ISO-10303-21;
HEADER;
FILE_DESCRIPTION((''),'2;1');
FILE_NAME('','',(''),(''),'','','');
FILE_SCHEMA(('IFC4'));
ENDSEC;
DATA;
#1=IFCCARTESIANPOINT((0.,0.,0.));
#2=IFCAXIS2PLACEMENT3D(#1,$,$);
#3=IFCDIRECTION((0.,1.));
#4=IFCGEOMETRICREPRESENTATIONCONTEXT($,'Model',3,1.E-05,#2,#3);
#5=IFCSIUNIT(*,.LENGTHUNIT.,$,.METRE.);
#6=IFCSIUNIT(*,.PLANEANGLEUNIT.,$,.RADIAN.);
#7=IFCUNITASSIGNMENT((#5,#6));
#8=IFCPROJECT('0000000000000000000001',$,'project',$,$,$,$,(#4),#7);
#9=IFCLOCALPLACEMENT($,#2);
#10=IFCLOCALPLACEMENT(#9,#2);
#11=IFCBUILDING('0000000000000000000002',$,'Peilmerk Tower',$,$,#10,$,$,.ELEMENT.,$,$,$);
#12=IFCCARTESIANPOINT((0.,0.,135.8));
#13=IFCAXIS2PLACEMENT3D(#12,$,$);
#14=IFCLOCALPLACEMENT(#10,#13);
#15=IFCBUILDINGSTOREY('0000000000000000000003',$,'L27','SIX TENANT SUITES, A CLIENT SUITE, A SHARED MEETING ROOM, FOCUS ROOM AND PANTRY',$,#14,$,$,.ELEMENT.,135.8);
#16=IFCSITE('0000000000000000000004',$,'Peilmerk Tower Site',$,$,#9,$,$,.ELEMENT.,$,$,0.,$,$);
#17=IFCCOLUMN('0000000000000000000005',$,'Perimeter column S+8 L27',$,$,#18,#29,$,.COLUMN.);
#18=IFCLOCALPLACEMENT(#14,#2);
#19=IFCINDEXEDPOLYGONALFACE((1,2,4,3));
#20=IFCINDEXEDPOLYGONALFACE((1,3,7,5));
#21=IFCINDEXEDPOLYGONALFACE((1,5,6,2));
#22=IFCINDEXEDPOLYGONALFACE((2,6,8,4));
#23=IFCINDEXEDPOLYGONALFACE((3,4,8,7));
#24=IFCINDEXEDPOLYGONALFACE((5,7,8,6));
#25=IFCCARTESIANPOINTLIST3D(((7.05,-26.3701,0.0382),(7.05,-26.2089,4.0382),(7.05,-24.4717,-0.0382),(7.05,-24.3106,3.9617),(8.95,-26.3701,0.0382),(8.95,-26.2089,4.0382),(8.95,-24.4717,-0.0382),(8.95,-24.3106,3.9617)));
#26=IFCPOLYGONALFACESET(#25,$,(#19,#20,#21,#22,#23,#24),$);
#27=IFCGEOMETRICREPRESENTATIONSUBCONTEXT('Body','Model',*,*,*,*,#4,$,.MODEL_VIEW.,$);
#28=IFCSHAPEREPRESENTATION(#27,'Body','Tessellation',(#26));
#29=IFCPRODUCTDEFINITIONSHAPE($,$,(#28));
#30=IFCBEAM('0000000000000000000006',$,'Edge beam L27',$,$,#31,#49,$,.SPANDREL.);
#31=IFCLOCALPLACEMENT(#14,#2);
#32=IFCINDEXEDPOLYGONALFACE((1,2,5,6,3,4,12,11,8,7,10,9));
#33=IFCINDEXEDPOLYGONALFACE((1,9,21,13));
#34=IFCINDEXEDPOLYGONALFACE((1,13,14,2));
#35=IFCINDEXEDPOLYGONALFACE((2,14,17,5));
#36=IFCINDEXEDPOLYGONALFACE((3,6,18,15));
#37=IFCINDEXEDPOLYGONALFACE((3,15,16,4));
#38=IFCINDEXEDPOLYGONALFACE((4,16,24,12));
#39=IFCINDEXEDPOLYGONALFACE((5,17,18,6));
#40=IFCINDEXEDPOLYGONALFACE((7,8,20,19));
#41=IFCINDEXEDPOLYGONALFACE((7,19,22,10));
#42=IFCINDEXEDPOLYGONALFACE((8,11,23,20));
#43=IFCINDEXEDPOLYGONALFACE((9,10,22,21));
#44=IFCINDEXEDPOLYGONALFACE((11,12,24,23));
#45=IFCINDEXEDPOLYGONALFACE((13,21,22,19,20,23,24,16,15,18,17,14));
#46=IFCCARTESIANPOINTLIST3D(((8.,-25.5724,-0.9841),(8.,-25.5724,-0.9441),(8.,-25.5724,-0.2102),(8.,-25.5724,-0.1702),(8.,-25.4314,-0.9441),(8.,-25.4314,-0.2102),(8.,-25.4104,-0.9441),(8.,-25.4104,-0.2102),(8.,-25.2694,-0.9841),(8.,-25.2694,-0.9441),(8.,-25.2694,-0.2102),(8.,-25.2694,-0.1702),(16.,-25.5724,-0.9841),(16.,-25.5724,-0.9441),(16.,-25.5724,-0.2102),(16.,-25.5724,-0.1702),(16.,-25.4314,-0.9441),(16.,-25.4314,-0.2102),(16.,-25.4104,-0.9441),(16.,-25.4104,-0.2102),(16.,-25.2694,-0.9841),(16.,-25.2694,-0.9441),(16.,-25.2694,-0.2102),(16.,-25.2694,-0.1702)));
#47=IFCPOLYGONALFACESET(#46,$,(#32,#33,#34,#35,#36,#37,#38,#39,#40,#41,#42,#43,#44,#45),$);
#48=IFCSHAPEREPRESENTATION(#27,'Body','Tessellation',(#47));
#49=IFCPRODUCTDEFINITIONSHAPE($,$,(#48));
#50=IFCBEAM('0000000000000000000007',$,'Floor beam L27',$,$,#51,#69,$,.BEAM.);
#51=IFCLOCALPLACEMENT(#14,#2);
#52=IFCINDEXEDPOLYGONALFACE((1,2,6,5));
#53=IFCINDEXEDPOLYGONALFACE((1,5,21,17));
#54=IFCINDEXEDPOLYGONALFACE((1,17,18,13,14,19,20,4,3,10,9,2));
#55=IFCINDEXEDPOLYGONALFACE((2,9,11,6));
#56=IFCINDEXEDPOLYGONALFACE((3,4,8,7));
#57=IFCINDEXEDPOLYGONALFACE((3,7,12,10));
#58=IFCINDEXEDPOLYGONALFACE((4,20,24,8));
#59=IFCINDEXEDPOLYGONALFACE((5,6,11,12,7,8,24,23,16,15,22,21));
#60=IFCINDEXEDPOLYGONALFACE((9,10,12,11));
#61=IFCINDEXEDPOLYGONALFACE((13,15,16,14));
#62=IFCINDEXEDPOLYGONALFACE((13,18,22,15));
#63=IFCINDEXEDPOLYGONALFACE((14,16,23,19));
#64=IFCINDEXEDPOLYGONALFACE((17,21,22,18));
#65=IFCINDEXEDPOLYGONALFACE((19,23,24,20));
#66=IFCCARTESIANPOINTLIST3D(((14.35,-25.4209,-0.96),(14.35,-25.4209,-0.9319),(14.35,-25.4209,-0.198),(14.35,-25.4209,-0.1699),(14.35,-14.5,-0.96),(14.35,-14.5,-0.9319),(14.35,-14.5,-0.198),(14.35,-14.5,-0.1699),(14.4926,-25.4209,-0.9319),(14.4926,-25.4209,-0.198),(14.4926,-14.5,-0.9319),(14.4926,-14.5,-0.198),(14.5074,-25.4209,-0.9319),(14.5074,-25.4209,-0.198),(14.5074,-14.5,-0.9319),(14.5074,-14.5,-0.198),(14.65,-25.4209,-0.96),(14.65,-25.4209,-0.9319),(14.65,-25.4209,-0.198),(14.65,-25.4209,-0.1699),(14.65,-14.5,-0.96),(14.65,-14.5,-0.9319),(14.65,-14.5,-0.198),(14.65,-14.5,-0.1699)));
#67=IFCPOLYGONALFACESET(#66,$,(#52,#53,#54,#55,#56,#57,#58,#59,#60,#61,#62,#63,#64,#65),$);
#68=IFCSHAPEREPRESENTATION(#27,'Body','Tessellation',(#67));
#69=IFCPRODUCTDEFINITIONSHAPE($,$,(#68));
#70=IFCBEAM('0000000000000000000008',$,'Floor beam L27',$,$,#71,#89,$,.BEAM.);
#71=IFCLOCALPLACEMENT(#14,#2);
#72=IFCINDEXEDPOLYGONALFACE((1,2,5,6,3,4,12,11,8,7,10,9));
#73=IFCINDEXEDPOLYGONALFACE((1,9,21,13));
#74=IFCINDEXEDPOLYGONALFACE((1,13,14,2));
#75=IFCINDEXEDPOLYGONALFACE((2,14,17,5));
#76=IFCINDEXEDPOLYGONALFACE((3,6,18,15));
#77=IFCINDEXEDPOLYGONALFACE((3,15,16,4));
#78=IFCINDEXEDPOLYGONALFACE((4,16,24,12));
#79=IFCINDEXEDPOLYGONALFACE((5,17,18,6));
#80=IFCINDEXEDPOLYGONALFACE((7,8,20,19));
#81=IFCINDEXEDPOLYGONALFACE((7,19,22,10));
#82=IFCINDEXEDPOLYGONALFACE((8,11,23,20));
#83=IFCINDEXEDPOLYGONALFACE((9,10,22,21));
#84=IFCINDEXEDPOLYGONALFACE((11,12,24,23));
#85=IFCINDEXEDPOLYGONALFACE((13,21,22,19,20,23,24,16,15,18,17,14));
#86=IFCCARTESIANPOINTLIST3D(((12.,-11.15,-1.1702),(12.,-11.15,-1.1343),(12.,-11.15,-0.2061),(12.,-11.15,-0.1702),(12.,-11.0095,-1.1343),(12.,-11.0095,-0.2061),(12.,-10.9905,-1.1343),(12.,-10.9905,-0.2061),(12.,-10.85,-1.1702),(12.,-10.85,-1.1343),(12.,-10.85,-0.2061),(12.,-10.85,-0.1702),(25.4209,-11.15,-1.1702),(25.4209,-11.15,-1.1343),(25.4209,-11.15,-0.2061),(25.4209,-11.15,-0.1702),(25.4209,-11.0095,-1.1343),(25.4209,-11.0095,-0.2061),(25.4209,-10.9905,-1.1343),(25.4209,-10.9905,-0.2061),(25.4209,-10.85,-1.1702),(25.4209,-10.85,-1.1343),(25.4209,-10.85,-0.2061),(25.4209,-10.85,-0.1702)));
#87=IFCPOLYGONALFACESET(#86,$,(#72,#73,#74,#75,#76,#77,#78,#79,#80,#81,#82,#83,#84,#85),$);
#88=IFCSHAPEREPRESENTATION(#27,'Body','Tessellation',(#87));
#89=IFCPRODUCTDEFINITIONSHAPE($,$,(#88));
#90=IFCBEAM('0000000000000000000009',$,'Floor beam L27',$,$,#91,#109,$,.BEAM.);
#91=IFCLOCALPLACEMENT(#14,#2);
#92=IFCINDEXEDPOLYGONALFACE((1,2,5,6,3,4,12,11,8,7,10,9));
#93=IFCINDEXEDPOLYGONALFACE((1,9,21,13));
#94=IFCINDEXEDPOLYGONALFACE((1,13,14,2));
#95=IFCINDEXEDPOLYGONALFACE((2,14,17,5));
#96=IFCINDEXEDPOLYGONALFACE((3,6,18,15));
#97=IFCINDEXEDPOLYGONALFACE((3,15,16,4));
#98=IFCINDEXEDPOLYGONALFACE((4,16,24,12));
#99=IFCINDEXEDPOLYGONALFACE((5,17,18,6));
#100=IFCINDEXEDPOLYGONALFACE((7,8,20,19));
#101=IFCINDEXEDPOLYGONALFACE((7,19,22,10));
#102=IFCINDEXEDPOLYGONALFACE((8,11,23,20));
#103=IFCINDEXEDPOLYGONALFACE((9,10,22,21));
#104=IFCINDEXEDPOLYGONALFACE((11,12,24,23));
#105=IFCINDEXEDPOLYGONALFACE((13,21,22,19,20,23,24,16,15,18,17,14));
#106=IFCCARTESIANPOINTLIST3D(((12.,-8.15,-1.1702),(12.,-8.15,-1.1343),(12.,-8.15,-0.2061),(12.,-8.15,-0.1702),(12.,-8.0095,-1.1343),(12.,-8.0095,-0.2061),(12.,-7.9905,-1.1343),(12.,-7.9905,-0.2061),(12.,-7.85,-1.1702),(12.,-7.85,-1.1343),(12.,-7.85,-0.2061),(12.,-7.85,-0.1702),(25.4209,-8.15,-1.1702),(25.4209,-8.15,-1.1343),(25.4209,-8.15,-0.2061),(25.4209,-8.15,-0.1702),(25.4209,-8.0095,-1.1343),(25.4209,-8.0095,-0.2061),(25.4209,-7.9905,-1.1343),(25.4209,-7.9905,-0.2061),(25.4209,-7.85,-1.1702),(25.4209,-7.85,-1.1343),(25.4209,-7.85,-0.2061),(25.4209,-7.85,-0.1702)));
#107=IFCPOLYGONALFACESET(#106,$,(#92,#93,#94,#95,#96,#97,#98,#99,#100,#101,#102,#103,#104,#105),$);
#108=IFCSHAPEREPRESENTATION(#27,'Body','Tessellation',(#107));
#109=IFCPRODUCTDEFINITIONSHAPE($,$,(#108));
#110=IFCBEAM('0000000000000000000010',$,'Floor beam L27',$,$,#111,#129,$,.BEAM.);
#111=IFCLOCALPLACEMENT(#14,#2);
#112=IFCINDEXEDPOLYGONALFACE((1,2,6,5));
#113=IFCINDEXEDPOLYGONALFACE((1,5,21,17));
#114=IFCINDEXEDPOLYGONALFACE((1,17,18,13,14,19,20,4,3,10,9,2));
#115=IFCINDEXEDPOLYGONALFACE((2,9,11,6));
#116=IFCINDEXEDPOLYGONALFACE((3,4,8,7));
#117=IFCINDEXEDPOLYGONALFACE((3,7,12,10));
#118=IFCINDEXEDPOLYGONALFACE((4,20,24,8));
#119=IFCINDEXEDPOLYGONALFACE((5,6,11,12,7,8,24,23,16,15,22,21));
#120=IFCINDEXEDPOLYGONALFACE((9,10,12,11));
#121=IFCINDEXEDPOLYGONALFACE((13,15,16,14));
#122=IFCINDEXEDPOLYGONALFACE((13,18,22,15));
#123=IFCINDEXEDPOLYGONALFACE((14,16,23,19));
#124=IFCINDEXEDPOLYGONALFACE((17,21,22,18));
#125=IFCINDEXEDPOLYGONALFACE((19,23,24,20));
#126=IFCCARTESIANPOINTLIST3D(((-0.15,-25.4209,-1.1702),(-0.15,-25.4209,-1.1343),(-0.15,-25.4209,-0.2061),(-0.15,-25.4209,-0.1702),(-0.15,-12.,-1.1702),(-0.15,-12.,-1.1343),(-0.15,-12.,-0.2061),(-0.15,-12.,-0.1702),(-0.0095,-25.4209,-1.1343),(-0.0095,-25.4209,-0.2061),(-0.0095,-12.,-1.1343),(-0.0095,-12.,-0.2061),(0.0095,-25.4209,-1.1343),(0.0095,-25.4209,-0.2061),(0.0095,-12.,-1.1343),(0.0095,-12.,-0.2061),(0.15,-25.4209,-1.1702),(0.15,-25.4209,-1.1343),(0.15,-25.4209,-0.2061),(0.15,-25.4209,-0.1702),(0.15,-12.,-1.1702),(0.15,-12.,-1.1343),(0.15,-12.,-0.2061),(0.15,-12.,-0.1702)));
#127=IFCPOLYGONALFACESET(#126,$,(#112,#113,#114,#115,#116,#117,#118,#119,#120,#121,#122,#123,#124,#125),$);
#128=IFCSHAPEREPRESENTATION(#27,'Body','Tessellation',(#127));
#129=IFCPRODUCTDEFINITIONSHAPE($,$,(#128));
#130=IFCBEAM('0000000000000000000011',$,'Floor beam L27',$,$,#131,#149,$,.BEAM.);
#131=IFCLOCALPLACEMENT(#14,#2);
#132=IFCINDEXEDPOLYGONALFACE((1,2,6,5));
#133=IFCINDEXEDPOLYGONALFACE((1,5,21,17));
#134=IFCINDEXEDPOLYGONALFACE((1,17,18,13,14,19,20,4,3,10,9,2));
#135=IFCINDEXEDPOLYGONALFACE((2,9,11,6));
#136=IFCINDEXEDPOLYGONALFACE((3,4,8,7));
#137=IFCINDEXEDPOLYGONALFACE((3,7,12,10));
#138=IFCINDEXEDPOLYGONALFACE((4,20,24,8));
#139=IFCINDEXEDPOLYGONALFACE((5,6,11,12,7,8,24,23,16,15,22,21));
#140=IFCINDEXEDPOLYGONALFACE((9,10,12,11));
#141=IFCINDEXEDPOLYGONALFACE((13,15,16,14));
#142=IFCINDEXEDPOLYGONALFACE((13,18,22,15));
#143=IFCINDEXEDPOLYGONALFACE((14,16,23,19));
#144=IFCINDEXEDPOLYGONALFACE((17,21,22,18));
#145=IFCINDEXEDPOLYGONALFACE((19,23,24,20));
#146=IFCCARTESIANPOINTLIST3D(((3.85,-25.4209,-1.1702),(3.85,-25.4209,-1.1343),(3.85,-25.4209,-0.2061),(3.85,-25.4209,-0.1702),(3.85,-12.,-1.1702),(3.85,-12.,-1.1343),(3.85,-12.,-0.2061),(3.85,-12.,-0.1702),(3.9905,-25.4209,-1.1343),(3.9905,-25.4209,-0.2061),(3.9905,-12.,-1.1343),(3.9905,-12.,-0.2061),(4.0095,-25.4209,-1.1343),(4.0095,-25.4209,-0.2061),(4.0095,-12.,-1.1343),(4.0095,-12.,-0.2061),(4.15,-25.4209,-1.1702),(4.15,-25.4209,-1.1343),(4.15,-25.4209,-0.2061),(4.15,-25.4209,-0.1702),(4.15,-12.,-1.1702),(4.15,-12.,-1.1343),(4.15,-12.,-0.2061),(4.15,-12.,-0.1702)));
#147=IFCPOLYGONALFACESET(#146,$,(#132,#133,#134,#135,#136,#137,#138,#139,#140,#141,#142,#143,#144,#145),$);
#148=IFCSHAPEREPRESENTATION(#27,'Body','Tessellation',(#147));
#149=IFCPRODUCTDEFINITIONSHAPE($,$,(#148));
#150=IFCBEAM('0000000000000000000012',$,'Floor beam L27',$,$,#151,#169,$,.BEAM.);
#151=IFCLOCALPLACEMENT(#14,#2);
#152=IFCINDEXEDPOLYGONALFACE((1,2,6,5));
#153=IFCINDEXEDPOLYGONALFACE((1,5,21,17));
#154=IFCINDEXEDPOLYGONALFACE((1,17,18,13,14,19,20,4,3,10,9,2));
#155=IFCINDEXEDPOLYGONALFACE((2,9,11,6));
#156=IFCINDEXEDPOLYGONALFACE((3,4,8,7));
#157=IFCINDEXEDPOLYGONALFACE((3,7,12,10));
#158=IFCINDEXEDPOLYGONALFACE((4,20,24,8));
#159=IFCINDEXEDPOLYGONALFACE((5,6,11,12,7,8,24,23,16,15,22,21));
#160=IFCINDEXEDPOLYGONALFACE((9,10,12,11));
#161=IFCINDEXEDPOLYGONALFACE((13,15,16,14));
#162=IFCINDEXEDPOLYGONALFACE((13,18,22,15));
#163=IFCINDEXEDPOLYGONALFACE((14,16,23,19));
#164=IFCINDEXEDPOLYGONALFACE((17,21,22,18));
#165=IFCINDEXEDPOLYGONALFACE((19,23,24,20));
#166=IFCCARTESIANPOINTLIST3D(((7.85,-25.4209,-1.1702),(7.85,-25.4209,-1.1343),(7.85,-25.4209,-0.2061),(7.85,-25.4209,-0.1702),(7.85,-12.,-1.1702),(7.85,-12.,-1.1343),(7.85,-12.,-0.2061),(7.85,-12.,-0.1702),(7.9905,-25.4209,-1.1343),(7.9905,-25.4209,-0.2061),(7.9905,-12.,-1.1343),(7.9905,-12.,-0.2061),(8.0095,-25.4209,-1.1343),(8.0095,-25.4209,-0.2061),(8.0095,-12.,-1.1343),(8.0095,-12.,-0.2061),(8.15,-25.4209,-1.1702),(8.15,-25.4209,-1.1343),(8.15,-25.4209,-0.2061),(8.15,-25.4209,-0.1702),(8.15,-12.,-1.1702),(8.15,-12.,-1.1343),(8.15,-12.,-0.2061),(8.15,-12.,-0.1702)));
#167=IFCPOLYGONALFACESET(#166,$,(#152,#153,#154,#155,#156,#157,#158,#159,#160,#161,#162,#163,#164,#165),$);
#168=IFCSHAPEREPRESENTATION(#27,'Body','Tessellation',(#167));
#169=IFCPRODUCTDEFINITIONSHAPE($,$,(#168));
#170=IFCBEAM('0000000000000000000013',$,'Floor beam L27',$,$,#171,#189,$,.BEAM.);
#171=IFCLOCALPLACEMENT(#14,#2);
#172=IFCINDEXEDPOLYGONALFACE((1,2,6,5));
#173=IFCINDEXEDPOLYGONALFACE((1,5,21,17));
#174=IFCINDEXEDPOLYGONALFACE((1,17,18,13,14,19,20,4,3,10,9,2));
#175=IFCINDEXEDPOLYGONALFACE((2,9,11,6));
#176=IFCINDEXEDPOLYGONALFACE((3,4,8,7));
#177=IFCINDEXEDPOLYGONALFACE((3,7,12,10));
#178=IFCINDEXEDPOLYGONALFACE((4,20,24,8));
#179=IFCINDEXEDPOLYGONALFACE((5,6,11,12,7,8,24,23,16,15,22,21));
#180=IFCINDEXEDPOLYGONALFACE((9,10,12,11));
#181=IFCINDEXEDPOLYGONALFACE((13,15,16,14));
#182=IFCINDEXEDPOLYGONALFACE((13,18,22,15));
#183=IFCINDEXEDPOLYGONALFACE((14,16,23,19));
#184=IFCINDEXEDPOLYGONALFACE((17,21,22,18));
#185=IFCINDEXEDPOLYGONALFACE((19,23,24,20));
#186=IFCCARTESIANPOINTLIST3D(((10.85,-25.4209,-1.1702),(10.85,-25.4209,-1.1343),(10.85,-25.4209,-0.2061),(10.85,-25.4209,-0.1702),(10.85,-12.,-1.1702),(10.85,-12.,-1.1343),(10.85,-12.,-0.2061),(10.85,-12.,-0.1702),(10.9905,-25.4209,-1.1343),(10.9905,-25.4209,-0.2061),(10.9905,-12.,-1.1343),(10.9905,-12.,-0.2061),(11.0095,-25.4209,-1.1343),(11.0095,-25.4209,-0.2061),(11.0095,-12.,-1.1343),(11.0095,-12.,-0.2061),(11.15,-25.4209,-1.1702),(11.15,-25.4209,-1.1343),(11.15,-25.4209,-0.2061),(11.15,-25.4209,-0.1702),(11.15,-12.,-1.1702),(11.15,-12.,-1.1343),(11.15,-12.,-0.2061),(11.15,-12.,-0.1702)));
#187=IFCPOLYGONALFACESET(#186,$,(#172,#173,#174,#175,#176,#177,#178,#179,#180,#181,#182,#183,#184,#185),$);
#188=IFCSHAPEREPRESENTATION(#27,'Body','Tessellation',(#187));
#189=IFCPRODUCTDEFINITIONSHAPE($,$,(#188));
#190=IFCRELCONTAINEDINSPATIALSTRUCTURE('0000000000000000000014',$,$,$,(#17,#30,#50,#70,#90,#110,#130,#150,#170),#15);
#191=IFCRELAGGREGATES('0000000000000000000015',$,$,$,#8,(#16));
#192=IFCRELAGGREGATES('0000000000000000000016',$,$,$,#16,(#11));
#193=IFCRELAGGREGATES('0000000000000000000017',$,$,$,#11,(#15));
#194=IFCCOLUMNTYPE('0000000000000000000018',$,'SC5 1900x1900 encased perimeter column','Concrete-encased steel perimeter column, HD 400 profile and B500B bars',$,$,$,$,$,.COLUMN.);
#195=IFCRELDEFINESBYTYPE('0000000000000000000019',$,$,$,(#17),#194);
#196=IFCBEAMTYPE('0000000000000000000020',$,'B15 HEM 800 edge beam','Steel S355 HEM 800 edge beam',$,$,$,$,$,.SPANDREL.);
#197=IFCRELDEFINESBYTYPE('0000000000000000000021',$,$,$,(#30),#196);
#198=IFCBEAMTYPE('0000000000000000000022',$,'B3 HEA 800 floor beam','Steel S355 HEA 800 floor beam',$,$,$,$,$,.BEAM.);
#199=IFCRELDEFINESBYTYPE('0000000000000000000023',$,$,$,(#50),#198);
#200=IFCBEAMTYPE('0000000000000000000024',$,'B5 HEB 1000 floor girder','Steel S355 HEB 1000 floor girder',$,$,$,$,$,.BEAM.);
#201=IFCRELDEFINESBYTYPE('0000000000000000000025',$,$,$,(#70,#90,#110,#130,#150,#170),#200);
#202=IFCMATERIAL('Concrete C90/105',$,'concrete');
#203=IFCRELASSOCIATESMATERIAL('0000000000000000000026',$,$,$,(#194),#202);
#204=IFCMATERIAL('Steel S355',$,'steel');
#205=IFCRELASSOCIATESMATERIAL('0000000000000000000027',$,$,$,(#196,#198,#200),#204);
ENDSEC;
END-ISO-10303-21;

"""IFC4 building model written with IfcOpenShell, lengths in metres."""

from ifc_helpers import new_model, si_unit, direction, frame, origin, origin_2d, place, context, subcontext, project, spatial, rectangle, i_section, extrude, material, material_profile, profile_set, type_object, element, save


model = new_model("IFC4")

# Units and contexts
model_context = context("Model", 3, precision=1e-05, world=origin(), true_north=direction((0.0, 1.0)))
body_context = subcontext(model_context, "Body", "Model", "MODEL_VIEW")
ifc_project = project(units=[si_unit("LENGTHUNIT", "METRE"), si_unit("PLANEANGLEUNIT", "RADIAN")], contexts=[model_context])

# Site, building, storey
site_placement = place(None, origin())
site = spatial("IfcSite", under=ifc_project, at=site_placement, Name="Peilmerk Tower Site", CompositionType="ELEMENT", RefElevation=0.0)
building_placement = place(site_placement, origin())
building = spatial("IfcBuilding", under=site, at=building_placement, Name="Peilmerk Tower", CompositionType="ELEMENT")
storey_placement = place(building_placement, frame((0.0, 0.0, 135.8)))
storey = spatial("IfcBuildingStorey", under=building, at=storey_placement, Name="L27", Description="SIX TENANT SUITES, A CLIENT SUITE, A SHARED MEETING ROOM, FOCUS ROOM AND PANTRY", CompositionType="ELEMENT", Elevation=135.8)

# Column
ifc_material_1 = material(Name="Concrete C90/105", Category="concrete")
ifc_material_profile_1 = material_profile(ifc_material_1, rectangle(XDim=1.8999, YDim=1.8999, at=origin_2d()), Name="RC 1900x1900")
ifc_profile_set_1 = profile_set([ifc_material_profile_1], Name="Concrete C90/105")
column_type = type_object("IfcColumnType", Name="SC5 1900x1900 encased perimeter column", Description="Concrete-encased steel perimeter column, HD 400 profile and B500B bars", PredefinedType="COLUMN", material=ifc_profile_set_1)
column_placement = place(storey_placement, frame((8.0, -25.4209, 0.0), z_axis=(0.0, 0.040251, 0.99919), x_axis=(-1.0, 0.0, 0.0)))
element("IfcColumn", 1, at=column_placement, inside=storey, type_object=column_type, Name="Perimeter column S+8 L27", PredefinedType="COLUMN", context=body_context, shape_type="SweptSolid", body=[
    extrude(rectangle(XDim=1.8999, YDim=1.8999, at=origin_2d()), origin(), (0.0, 0.0, 1.0), 4.0032),
])

# Beams
ifc_material_2 = material(Name="Steel S355", Category="steel")
ifc_material_profile_2 = material_profile(ifc_material_2, i_section(OverallWidth=0.303, OverallDepth=0.814, WebThickness=0.021, FlangeThickness=0.04, at=origin_2d()), Name="HEM 800")
ifc_profile_set_2 = profile_set([ifc_material_profile_2], Name="Steel S355")
beam_type_1 = type_object("IfcBeamType", Name="B15 HEM 800 edge beam", Description="Steel S355 HEM 800 edge beam", PredefinedType="SPANDREL", material=ifc_profile_set_2)
beam_1_placement = place(storey_placement, frame((8.0, -25.4209, -0.5771), z_axis=(1.0, 0.0, 0.0), x_axis=(0.0, 1.0, 0.0)))
element("IfcBeam", 2, at=beam_1_placement, inside=storey, type_object=beam_type_1, Name="Edge beam L27", PredefinedType="SPANDREL", context=body_context, shape_type="SweptSolid", body=[
    extrude(i_section(OverallWidth=0.303, OverallDepth=0.814, WebThickness=0.021, FlangeThickness=0.04, at=origin_2d()), origin(), (0.0, 0.0, 1.0), 8.0),
])
ifc_material_profile_3 = material_profile(ifc_material_2, i_section(OverallWidth=0.3, OverallDepth=0.79, WebThickness=0.0149, FlangeThickness=0.0281, at=origin_2d()), Name="HEA 800")
ifc_profile_set_3 = profile_set([ifc_material_profile_3], Name="Steel S355")
beam_type_2 = type_object("IfcBeamType", Name="B3 HEA 800 floor beam", Description="Steel S355 HEA 800 floor beam", PredefinedType="BEAM", material=ifc_profile_set_3)
beam_2_placement = place(storey_placement, frame((14.5, -14.5, -0.5649), z_axis=(0.0, -1.0, 0.0), x_axis=(1.0, 0.0, 0.0)))
element("IfcBeam", 3, at=beam_2_placement, inside=storey, type_object=beam_type_2, Name="Floor beam L27", PredefinedType="BEAM", context=body_context, shape_type="SweptSolid", body=[
    extrude(i_section(OverallWidth=0.3, OverallDepth=0.79, WebThickness=0.0149, FlangeThickness=0.0281, at=origin_2d()), origin(), (0.0, 0.0, 1.0), 10.9209),
])
ifc_material_profile_4 = material_profile(ifc_material_2, i_section(OverallWidth=0.3, OverallDepth=1.0, WebThickness=0.019, FlangeThickness=0.0359, at=origin_2d()), Name="HEB 1000")
ifc_profile_set_4 = profile_set([ifc_material_profile_4], Name="Steel S355")
beam_type_3 = type_object("IfcBeamType", Name="B5 HEB 1000 floor girder", Description="Steel S355 HEB 1000 floor girder", PredefinedType="BEAM", material=ifc_profile_set_4)
for number, where, z_axis, x_axis, name in (
    (4, (12.0, -11.0, -0.6702), (1.0, 0.0, 0.0), (0.0, 1.0, 0.0), "Floor beam L27"),
    (5, (12.0, -8.0, -0.6702), (1.0, 0.0, 0.0), (0.0, 1.0, 0.0), "Floor beam L27"),
    (6, (0.0, -12.0, -0.6702), (0.0, -1.0, 0.0), (1.0, 0.0, 0.0), "Floor beam L27"),
    (7, (4.0, -12.0, -0.6702), (0.0, -1.0, 0.0), (1.0, 0.0, 0.0), "Floor beam L27"),
    (8, (8.0, -12.0, -0.6702), (0.0, -1.0, 0.0), (1.0, 0.0, 0.0), "Floor beam L27"),
    (9, (11.0, -12.0, -0.6702), (0.0, -1.0, 0.0), (1.0, 0.0, 0.0), "Floor beam L27"),
):
    element("IfcBeam", number, at=place(storey_placement, frame(where, z_axis=z_axis, x_axis=x_axis)), inside=storey, type_object=beam_type_3, Name=name, PredefinedType="BEAM", context=body_context, shape_type="SweptSolid", body=[
        extrude(i_section(OverallWidth=0.3, OverallDepth=1.0, WebThickness=0.019, FlangeThickness=0.0359, at=origin_2d()), origin(), (0.0, 0.0, 1.0), 13.4209),
    ])

save(model, "model.ifc")
